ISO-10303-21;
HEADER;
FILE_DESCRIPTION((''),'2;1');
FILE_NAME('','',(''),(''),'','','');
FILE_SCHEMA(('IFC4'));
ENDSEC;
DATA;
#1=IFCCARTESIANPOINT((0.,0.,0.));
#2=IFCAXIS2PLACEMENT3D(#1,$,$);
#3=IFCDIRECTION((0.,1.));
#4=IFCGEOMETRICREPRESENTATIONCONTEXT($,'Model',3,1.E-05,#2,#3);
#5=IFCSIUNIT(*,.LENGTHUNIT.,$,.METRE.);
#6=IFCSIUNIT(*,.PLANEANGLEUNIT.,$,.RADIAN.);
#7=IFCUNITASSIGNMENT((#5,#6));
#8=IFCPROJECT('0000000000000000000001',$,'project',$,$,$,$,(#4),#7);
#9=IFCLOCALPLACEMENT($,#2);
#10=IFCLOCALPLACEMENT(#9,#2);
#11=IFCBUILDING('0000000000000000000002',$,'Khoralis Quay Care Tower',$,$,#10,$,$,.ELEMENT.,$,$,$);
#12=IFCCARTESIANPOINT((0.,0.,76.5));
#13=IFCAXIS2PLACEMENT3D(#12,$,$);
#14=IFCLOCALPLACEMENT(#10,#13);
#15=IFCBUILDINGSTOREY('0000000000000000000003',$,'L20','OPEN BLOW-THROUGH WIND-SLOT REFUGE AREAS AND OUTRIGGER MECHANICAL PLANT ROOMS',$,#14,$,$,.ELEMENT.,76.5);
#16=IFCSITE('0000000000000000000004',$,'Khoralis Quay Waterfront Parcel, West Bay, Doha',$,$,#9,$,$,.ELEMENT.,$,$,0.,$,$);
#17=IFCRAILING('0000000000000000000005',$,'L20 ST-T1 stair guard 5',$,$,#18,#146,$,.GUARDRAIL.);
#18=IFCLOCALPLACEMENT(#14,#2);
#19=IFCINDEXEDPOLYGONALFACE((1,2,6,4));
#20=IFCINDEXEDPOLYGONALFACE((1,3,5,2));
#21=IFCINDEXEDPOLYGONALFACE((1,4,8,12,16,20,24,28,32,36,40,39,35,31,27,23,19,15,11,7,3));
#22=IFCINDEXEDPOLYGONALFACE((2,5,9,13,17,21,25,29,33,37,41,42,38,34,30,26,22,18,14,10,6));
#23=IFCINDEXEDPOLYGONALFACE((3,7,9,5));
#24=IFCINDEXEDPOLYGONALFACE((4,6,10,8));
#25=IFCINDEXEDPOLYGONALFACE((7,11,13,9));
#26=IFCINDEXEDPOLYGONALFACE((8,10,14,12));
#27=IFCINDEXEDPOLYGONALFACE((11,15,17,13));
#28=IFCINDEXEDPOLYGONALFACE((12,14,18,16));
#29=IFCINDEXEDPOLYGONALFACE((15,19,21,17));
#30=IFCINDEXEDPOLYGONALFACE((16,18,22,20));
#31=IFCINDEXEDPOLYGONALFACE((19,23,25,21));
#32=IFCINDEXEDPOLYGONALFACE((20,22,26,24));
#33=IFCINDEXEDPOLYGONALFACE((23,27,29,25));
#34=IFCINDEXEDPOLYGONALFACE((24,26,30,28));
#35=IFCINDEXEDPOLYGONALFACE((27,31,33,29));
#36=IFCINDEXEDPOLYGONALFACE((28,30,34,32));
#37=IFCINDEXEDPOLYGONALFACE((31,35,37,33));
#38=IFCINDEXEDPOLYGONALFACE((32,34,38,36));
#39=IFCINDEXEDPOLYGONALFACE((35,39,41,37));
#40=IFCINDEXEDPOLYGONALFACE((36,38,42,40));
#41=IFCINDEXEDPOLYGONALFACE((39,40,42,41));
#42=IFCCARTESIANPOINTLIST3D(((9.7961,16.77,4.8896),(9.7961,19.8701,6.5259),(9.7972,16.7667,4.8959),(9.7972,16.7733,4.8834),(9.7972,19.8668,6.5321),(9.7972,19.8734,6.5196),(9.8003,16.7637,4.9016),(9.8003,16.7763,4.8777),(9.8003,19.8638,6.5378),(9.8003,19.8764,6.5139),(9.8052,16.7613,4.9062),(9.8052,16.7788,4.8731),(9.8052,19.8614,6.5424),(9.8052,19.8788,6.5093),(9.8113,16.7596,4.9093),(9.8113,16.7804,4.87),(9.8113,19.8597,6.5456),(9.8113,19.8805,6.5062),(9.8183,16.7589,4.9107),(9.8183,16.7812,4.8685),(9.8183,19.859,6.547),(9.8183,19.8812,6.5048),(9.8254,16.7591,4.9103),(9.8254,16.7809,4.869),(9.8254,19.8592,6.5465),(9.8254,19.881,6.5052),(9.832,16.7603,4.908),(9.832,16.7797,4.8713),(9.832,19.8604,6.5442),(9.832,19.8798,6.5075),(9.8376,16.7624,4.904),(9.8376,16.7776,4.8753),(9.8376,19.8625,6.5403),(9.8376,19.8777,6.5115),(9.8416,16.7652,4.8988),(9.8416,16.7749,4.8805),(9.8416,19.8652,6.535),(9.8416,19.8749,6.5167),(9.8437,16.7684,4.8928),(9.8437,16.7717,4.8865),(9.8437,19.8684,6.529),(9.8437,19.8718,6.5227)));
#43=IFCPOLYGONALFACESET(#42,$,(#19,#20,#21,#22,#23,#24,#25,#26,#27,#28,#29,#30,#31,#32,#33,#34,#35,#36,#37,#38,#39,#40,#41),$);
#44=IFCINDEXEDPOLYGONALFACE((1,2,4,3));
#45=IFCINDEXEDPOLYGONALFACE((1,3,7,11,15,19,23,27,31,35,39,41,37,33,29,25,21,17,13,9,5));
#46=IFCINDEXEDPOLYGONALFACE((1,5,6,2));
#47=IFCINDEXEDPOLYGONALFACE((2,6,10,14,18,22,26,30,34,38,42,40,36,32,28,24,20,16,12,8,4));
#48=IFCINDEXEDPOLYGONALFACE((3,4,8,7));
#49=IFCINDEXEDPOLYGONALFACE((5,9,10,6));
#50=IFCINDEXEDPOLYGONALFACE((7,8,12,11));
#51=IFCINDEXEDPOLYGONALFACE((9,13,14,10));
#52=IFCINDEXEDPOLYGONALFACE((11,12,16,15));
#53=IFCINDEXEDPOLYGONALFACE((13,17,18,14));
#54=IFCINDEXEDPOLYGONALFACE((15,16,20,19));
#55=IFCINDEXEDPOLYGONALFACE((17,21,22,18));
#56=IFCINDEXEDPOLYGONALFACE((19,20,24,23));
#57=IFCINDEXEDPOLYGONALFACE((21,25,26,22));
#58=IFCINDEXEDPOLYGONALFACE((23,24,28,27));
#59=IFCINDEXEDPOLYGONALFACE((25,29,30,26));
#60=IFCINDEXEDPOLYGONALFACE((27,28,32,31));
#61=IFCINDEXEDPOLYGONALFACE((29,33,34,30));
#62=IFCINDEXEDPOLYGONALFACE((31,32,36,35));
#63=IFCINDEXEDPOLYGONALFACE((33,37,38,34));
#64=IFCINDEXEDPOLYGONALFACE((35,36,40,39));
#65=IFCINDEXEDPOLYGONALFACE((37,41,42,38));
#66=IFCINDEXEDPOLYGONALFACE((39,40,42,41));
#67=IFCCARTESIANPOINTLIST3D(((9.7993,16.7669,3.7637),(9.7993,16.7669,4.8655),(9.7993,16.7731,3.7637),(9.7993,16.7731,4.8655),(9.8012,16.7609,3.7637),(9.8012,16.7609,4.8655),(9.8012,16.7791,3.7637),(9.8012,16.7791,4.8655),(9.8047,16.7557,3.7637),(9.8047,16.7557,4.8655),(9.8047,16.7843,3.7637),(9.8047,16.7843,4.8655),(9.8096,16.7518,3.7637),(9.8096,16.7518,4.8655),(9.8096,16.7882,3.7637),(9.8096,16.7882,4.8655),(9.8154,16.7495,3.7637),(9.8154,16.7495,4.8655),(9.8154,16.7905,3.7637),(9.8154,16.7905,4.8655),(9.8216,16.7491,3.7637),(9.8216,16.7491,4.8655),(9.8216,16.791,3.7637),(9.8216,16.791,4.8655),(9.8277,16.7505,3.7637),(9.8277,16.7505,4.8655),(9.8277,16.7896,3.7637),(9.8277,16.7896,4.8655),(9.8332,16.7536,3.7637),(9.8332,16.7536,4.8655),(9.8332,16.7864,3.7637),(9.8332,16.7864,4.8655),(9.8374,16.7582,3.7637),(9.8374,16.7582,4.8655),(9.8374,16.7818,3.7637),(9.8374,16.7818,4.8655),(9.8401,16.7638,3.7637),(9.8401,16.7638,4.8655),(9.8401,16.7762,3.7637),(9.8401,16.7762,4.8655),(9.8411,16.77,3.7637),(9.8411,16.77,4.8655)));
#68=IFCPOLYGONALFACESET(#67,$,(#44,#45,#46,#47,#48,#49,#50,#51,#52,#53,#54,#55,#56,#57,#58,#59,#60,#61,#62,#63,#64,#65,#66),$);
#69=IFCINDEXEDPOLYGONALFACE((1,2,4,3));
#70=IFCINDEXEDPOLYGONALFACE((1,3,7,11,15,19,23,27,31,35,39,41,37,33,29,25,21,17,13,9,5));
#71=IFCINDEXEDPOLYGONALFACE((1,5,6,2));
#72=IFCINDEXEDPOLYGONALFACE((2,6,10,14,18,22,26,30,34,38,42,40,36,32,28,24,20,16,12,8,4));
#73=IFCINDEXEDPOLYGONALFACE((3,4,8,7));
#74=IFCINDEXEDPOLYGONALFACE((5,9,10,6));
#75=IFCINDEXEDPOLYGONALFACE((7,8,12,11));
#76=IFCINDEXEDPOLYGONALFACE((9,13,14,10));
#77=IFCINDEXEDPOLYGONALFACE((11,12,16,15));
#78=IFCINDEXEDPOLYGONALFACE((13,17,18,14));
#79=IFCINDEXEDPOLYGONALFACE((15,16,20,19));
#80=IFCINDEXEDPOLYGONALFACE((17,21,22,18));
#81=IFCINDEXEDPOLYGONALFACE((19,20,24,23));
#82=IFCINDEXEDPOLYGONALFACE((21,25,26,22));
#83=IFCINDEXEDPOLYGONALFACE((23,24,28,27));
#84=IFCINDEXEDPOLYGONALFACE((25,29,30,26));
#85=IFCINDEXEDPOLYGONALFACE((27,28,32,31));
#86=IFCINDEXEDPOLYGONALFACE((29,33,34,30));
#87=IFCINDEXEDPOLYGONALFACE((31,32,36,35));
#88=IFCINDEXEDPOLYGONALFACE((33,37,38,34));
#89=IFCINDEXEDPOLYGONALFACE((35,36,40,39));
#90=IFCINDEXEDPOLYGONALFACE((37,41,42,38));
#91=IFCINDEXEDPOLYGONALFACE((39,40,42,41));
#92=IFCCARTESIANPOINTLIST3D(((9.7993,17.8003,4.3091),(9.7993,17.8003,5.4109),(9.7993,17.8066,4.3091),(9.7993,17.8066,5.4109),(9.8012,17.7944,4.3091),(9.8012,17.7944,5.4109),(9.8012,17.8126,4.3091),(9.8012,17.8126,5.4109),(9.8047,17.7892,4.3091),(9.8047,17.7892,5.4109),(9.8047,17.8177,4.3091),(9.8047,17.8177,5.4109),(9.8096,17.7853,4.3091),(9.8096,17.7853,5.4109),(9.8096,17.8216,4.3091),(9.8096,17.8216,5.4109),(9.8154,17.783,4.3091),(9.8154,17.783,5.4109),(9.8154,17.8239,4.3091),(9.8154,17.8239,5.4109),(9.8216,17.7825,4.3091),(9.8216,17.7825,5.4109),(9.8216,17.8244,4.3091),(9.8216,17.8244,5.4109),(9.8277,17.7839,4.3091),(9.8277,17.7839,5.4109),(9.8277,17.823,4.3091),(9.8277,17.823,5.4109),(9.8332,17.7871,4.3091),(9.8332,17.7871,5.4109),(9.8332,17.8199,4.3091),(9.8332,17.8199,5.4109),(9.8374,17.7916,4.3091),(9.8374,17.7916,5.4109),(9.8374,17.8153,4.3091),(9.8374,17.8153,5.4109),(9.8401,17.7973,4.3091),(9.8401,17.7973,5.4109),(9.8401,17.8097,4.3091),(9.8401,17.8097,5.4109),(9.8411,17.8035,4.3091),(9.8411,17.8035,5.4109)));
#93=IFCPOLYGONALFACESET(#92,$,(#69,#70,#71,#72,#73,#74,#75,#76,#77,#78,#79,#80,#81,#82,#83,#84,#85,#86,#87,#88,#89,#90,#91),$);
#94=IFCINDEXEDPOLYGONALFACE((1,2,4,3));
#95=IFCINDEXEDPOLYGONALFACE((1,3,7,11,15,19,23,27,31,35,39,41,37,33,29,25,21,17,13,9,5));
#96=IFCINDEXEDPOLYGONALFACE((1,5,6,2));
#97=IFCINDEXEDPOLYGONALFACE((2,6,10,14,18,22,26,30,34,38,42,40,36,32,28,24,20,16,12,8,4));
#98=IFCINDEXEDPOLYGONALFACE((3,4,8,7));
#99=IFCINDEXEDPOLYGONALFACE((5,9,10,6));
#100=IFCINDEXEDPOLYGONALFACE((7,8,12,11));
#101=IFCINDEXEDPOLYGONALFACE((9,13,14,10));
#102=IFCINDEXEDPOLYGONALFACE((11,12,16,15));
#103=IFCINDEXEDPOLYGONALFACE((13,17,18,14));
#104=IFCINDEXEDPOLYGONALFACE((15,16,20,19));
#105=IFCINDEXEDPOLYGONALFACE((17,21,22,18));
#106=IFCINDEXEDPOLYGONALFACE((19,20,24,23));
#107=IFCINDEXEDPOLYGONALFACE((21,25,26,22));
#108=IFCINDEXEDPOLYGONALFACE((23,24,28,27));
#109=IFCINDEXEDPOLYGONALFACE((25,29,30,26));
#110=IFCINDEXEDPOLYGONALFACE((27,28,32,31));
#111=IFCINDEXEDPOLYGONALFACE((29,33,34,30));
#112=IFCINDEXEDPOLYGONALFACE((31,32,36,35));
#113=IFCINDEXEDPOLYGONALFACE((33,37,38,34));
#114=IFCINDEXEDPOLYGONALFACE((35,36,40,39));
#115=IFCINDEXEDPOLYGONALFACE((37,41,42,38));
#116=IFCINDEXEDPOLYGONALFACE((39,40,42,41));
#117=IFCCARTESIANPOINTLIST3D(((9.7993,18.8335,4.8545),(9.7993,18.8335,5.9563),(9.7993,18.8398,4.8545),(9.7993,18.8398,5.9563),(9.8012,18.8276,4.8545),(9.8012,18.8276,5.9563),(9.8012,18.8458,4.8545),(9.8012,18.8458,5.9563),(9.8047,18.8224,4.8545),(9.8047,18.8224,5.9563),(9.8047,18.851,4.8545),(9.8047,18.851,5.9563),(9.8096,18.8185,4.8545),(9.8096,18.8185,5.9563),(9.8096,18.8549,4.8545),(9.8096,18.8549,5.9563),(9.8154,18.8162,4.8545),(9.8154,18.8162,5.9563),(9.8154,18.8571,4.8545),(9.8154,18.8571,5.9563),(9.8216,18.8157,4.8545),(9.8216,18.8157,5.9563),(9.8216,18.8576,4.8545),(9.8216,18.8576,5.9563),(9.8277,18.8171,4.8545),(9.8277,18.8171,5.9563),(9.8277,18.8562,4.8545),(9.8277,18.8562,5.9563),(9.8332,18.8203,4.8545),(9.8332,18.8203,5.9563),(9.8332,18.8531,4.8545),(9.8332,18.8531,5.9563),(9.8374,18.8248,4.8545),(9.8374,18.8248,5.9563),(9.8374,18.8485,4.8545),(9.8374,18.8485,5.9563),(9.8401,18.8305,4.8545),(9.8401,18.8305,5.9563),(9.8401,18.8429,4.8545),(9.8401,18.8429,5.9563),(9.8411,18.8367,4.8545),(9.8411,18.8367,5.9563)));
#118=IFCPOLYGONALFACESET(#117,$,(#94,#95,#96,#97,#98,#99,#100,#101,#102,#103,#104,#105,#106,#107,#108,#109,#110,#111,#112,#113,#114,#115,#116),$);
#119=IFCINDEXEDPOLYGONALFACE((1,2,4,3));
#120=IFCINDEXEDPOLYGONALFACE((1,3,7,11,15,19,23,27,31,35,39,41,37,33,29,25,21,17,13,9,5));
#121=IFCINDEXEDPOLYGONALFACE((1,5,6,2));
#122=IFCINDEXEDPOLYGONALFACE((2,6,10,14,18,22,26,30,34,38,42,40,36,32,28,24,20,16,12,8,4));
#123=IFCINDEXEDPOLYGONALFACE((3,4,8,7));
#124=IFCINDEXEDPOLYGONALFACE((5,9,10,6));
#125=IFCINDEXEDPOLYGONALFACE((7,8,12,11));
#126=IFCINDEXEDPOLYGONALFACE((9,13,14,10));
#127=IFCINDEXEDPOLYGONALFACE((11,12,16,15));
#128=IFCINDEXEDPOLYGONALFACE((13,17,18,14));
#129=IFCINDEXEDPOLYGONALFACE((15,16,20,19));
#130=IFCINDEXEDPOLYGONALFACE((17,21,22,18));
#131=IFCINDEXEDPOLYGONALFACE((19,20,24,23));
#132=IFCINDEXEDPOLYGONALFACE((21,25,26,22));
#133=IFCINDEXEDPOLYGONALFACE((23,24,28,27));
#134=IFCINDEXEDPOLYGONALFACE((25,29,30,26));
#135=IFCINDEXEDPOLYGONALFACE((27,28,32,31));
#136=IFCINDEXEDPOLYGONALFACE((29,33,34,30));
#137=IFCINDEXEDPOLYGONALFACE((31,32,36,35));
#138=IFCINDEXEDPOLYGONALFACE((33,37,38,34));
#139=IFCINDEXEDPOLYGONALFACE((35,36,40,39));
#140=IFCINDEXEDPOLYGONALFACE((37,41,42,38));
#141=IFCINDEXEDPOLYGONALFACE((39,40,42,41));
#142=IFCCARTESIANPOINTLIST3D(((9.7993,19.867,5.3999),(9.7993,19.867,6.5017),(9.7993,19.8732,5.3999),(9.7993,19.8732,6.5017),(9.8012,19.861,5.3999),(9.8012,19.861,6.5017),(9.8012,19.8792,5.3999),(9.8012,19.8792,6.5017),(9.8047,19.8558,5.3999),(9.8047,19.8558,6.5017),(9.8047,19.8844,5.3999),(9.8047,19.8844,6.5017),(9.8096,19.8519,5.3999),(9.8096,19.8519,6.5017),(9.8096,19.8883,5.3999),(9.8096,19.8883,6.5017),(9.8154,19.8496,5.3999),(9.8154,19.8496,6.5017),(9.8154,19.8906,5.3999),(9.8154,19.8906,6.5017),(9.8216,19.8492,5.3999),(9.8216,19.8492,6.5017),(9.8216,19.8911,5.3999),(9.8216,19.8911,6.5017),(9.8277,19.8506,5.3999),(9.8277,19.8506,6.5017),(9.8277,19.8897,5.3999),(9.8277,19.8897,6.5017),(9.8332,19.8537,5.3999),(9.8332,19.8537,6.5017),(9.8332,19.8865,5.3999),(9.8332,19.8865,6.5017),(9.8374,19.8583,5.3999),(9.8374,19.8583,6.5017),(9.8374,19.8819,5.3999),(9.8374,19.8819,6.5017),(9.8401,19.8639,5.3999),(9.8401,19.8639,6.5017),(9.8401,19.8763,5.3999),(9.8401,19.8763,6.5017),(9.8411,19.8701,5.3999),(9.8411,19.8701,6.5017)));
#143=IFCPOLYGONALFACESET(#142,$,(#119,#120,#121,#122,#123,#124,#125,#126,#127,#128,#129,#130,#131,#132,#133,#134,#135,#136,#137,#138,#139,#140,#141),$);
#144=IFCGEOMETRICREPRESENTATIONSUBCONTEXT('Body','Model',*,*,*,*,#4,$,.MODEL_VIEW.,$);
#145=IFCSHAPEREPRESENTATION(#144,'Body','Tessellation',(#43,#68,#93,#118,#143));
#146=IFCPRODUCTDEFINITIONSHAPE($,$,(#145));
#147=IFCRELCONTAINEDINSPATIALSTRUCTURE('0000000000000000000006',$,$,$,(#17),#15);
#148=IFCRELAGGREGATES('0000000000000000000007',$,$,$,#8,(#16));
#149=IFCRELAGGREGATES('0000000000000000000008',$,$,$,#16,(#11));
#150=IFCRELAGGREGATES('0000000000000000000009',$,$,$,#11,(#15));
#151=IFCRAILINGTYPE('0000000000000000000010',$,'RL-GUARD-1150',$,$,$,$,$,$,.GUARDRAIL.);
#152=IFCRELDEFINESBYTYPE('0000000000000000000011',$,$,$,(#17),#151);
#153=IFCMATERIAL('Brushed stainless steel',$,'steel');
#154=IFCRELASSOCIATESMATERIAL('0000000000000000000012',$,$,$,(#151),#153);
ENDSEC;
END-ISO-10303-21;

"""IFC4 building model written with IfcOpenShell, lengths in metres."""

from ifc_helpers import new_model, si_unit, direction, frame, origin, origin_2d, place, context, subcontext, project, spatial, circle, extrude, material, type_object, element, save


model = new_model("IFC4")

# Units and contexts
model_context = context("Model", 3, precision=1e-05, world=origin(), true_north=direction((0.0, 1.0)))
body_context = subcontext(model_context, "Body", "Model", "MODEL_VIEW")
ifc_project = project(units=[si_unit("LENGTHUNIT", "METRE"), si_unit("PLANEANGLEUNIT", "RADIAN")], contexts=[model_context])

# Site, building, storey
site_placement = place(None, origin())
site = spatial("IfcSite", under=ifc_project, at=site_placement, Name="Khoralis Quay Waterfront Parcel, West Bay, Doha", CompositionType="ELEMENT", RefElevation=0.0)
building_placement = place(site_placement, origin())
building = spatial("IfcBuilding", under=site, at=building_placement, Name="Khoralis Quay Care Tower", CompositionType="ELEMENT")
storey_placement = place(building_placement, frame((0.0, 0.0, 76.5)))
storey = spatial("IfcBuildingStorey", under=building, at=storey_placement, Name="L20", Description="OPEN BLOW-THROUGH WIND-SLOT REFUGE AREAS AND OUTRIGGER MECHANICAL PLANT ROOMS", CompositionType="ELEMENT", Elevation=76.5)

# Shared definitions
ifc_material_1 = material(Name="Brushed stainless steel", Category="steel")

# Railing
railing_type = type_object("IfcRailingType", Name="RL-GUARD-1150", PredefinedType="GUARDRAIL", material=ifc_material_1)
railing_1_placement = place(storey_placement, frame((9.8201, 16.77, 3.7637)))
element("IfcRailing", 1, at=railing_1_placement, inside=storey, type_object=railing_type, Name="L20 ST-T1 stair guard 5", PredefinedType="GUARDRAIL", context=body_context, shape_type="SweptSolid", body=[
    extrude(circle(Radius=0.0239, at=origin_2d()), frame((0.0, 0.0, 1.126), z_axis=(0.0, 0.884377, 0.466774), x_axis=(-1.0, 0.0, 0.0)), (0.0, 0.0, 1.0), 3.5054),
    extrude(circle(Radius=0.021, at=origin_2d()), origin(), (0.0, 0.0, 1.0), 1.1018),
    extrude(circle(Radius=0.021, at=origin_2d()), frame((0.0, 1.0334, 0.5454)), (0.0, 0.0, 1.0), 1.1018),
    extrude(circle(Radius=0.021, at=origin_2d()), frame((0.0, 2.0667, 1.0908)), (0.0, 0.0, 1.0), 1.1018),
    extrude(circle(Radius=0.021, at=origin_2d()), frame((0.0, 3.1001, 1.6362)), (0.0, 0.0, 1.0), 1.1018),
])

save(model, "model.ifc")
